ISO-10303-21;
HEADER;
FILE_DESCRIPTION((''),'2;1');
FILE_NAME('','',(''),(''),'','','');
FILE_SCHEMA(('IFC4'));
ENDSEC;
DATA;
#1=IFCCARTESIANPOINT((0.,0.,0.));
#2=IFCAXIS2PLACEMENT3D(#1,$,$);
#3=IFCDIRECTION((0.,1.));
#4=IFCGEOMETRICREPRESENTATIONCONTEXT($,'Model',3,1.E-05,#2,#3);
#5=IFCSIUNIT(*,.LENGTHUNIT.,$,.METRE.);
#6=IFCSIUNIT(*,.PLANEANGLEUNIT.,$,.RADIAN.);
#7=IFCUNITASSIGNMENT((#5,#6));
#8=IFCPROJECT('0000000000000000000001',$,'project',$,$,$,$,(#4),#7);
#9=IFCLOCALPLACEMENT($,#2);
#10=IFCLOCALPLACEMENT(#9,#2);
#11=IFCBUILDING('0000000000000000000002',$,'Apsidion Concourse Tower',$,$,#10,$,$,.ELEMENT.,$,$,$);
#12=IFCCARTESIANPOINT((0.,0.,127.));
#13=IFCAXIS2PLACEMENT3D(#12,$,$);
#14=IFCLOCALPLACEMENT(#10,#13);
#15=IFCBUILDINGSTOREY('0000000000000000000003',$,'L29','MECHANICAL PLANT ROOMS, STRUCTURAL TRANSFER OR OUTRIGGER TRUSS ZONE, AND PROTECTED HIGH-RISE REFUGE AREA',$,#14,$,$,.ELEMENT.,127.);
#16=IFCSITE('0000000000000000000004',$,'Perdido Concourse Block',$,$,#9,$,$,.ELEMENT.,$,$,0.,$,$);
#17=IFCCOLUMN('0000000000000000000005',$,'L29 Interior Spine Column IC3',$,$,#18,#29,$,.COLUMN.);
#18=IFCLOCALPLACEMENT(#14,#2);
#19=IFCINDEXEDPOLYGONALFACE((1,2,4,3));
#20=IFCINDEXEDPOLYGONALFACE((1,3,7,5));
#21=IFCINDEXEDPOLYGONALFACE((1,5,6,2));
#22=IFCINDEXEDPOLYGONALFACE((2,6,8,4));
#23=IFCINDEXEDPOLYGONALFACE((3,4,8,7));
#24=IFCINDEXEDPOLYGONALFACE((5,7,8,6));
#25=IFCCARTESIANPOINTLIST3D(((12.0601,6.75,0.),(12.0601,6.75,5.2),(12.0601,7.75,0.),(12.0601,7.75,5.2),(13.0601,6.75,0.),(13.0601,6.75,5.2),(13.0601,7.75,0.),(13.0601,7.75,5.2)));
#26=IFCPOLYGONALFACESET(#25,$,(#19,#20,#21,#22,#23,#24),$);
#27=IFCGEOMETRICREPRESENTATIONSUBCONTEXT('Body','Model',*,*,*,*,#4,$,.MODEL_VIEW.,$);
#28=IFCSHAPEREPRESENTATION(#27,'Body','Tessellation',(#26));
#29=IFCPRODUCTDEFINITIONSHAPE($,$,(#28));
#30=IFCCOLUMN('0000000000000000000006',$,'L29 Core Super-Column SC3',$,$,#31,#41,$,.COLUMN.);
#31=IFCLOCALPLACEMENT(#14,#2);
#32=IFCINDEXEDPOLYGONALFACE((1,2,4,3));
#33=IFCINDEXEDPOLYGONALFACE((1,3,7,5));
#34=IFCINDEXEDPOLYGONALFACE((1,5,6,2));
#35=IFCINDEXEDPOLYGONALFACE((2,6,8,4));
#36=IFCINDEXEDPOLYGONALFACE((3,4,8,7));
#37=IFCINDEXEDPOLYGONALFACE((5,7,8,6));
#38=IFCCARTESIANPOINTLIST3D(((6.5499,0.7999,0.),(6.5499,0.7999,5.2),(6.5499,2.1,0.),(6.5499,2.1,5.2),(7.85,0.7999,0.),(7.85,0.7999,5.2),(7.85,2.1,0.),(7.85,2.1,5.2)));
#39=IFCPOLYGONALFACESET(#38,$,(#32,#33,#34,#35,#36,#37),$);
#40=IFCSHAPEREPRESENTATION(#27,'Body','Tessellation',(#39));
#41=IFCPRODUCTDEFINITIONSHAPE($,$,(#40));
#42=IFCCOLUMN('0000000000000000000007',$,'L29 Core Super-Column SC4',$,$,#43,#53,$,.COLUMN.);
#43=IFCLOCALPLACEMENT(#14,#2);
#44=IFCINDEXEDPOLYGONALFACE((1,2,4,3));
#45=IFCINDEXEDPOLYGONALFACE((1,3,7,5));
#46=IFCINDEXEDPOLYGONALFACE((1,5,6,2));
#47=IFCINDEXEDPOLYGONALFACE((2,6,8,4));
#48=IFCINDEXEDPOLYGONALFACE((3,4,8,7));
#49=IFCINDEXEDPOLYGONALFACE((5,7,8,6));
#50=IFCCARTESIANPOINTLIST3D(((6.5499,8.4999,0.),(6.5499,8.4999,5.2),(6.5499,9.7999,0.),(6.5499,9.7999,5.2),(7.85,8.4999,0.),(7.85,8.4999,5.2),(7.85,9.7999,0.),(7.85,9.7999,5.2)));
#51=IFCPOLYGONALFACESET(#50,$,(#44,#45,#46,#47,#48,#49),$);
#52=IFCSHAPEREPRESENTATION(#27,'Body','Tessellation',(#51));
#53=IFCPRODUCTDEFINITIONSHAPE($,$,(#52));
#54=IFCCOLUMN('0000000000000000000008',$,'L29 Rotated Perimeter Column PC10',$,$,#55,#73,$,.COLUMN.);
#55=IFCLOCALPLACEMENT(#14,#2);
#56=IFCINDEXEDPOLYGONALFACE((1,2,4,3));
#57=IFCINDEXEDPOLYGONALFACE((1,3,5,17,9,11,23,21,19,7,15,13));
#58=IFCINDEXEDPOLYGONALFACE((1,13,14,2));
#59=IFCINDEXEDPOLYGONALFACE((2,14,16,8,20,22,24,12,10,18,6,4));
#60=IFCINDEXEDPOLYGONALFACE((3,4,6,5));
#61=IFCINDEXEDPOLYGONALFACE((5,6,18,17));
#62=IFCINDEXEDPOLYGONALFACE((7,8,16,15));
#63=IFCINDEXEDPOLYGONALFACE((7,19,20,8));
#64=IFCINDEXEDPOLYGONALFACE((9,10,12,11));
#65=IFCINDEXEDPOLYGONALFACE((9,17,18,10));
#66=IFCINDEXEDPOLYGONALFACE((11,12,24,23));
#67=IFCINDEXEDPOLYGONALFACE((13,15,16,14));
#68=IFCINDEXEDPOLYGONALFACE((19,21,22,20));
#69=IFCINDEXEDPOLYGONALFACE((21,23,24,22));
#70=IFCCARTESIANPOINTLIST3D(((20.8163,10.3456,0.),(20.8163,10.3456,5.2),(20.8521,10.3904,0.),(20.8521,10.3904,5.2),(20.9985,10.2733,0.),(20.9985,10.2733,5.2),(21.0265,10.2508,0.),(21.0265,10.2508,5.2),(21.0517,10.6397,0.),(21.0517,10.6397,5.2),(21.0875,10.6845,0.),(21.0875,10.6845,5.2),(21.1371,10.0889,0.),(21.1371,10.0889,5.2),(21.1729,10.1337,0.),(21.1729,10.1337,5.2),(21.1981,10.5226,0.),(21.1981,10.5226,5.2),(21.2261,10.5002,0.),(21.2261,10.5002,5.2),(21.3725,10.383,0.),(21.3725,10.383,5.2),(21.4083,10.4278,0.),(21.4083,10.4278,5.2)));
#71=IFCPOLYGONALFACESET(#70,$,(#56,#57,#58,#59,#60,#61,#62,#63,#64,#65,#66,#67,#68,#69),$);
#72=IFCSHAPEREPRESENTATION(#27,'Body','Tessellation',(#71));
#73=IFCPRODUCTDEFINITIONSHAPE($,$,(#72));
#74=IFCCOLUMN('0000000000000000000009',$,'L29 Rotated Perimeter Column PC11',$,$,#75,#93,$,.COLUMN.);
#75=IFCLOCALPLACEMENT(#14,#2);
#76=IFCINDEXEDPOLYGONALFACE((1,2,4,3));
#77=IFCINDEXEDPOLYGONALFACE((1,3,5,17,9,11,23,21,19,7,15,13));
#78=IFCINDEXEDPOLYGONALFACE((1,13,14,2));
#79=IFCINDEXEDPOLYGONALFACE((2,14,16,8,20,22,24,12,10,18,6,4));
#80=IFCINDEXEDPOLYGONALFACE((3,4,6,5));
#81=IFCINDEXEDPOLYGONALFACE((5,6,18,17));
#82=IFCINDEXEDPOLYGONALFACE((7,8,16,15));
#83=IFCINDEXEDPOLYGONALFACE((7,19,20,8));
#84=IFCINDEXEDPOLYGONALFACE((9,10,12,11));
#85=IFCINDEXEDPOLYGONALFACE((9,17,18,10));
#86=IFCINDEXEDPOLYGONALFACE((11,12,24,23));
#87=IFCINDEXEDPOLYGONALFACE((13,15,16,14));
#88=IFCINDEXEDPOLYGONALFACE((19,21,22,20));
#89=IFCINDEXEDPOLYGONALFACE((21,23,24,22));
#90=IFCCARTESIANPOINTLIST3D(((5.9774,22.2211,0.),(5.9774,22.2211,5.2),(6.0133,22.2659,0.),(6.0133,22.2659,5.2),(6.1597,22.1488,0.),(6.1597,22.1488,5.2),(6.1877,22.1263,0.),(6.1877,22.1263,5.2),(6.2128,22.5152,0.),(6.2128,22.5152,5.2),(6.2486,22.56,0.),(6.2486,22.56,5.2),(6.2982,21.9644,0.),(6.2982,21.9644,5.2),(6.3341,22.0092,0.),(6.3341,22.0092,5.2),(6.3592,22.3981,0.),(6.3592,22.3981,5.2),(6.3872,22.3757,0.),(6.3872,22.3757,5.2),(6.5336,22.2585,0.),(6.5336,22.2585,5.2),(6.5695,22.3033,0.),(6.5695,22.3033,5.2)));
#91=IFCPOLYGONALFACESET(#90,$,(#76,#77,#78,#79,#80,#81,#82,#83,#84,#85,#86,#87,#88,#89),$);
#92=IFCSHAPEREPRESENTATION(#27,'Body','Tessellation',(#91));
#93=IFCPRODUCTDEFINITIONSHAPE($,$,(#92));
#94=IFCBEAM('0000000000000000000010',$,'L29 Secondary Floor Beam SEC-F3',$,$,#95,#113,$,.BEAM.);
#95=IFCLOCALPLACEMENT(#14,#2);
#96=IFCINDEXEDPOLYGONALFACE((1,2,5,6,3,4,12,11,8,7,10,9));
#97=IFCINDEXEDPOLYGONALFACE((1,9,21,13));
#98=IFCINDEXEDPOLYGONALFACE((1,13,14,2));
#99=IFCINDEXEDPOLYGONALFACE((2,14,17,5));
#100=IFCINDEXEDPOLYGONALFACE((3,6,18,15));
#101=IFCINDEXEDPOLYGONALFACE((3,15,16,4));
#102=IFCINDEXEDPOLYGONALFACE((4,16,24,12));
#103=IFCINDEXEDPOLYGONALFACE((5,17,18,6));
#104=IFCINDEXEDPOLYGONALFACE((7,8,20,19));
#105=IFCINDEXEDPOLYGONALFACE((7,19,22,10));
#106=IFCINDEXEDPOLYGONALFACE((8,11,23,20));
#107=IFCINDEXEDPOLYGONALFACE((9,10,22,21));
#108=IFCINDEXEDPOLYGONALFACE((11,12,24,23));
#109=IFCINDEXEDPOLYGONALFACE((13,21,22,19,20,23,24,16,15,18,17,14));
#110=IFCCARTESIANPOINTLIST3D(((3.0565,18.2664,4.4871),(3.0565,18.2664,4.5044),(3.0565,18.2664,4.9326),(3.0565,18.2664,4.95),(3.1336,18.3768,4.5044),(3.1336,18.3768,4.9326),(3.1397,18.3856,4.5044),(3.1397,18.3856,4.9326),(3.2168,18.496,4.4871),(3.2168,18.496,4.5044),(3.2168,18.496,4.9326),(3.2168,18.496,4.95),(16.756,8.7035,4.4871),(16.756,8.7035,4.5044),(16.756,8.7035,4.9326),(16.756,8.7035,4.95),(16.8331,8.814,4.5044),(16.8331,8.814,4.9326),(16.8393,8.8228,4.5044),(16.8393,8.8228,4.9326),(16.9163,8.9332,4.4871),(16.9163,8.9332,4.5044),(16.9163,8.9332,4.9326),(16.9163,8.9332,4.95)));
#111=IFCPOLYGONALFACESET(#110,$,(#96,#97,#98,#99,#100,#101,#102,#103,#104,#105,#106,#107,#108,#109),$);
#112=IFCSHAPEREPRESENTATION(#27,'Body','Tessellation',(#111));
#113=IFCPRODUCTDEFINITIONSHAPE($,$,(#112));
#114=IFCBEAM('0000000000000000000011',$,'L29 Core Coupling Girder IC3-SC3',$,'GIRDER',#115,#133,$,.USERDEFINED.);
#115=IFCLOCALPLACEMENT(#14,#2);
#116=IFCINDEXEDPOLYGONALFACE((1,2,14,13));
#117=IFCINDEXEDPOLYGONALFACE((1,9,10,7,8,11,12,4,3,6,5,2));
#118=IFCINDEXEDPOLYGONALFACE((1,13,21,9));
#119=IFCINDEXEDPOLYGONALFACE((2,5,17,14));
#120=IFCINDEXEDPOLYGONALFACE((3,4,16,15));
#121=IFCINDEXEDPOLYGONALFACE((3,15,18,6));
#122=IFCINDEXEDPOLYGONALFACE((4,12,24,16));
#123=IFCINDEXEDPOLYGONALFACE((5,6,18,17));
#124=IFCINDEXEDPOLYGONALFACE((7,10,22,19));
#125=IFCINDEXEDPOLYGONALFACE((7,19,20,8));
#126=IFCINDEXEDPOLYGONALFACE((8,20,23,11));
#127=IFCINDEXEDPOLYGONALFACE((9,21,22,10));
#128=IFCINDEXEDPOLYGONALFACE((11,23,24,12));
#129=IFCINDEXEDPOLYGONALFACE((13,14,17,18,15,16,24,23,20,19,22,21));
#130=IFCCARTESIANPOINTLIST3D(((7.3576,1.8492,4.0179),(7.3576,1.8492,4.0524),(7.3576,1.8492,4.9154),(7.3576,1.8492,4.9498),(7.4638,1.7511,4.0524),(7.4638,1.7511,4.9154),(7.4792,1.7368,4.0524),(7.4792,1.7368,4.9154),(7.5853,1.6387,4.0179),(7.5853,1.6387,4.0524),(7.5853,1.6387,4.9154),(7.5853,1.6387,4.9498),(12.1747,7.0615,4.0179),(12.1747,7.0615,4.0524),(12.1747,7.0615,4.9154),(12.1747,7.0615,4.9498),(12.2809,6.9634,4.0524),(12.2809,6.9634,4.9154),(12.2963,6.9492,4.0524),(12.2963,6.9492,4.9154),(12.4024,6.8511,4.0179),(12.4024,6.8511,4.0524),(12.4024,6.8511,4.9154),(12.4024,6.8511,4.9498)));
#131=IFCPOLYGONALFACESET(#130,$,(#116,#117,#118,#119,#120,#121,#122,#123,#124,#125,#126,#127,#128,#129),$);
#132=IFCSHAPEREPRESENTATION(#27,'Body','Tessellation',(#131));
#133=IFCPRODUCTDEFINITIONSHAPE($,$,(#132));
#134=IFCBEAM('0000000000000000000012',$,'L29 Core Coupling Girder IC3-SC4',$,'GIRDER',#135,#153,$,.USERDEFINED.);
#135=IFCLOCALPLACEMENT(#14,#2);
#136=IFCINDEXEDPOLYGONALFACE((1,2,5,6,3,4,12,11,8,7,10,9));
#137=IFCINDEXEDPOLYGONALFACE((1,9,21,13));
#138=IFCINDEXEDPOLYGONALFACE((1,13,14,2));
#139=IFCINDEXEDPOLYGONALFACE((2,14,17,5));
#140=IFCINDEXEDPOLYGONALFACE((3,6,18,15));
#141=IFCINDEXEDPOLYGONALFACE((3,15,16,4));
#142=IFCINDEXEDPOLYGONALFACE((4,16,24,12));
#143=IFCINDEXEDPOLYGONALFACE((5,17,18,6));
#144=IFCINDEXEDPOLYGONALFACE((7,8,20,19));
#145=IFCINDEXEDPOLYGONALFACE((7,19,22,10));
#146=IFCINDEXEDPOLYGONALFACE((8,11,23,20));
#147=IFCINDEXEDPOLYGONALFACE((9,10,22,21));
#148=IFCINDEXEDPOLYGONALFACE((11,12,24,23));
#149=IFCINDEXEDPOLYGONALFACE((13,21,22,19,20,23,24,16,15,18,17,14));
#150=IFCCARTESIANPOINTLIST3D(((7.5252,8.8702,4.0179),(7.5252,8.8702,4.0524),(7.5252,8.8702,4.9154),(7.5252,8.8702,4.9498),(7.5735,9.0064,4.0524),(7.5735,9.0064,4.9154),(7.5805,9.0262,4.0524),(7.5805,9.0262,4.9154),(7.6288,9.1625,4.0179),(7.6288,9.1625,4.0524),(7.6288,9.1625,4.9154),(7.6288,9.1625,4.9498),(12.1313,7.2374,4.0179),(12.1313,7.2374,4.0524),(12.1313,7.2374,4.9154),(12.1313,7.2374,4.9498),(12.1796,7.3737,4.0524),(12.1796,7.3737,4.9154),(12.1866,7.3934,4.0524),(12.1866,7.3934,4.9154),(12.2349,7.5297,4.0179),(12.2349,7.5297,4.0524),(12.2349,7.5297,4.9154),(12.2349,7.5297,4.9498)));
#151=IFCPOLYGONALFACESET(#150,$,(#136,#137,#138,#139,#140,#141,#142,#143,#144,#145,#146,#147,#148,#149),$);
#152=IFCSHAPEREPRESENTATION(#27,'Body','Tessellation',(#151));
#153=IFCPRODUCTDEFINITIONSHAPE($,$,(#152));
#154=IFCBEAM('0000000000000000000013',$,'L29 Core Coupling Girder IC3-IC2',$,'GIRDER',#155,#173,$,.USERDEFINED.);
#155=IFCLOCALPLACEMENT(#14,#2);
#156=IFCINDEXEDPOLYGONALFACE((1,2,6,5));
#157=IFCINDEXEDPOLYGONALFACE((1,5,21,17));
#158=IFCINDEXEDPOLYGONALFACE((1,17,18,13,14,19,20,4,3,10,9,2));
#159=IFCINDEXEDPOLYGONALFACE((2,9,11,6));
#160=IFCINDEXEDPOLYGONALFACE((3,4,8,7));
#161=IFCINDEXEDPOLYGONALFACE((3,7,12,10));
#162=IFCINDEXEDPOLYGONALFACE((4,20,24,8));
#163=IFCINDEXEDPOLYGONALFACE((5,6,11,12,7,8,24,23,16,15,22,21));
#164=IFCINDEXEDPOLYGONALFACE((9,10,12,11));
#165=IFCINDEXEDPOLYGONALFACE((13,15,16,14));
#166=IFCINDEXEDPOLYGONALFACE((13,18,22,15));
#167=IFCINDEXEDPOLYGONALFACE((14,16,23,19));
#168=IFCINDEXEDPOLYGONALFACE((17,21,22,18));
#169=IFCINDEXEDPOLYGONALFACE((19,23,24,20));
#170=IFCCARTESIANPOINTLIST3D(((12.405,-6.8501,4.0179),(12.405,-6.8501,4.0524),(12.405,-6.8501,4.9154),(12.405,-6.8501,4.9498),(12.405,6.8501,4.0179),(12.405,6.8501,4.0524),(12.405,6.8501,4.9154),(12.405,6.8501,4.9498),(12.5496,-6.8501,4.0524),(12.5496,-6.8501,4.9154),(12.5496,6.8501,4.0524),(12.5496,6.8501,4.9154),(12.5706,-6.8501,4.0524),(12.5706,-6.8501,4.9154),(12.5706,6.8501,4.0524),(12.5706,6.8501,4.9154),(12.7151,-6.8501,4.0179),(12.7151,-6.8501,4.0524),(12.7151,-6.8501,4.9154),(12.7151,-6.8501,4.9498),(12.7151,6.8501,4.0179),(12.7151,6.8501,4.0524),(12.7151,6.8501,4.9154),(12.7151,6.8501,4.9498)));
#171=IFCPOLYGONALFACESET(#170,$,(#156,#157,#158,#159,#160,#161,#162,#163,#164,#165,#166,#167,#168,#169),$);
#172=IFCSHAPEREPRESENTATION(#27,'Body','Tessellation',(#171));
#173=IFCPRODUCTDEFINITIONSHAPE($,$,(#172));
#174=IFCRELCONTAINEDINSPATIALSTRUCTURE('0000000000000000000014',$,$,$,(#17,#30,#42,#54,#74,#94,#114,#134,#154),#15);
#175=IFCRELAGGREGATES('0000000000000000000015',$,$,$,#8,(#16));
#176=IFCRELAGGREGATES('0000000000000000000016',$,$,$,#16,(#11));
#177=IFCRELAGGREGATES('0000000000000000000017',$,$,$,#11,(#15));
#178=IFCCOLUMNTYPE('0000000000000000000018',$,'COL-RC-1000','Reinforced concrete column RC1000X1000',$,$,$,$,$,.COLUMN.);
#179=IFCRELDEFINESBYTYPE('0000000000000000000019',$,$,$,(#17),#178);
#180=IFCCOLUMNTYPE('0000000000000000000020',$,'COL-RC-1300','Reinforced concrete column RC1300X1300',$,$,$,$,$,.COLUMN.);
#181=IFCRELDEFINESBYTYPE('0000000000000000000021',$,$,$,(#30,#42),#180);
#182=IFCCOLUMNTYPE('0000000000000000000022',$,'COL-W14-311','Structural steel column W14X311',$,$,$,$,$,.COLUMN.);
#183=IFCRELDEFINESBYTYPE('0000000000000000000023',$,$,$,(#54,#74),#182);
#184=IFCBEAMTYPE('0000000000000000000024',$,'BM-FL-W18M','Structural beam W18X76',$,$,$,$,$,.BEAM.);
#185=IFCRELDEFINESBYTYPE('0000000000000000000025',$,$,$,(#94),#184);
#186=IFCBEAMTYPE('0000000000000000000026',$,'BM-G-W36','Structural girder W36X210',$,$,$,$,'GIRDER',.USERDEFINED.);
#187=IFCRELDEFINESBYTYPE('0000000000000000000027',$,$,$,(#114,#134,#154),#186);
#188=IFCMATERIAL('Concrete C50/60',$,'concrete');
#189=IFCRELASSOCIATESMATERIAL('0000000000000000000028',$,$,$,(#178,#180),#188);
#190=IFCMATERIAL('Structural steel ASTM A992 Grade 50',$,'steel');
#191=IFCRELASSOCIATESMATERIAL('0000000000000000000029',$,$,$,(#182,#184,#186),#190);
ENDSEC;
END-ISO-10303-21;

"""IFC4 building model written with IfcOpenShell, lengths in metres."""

from ifc_helpers import new_model, si_unit, direction, frame, origin, origin_2d, place, context, subcontext, project, spatial, rectangle, i_section, extrude, material, material_profile, profile_set, type_object, element, save


model = new_model("IFC4")

# Units and contexts
model_context = context("Model", 3, precision=1e-05, world=origin(), true_north=direction((0.0, 1.0)))
body_context = subcontext(model_context, "Body", "Model", "MODEL_VIEW")
ifc_project = project(units=[si_unit("LENGTHUNIT", "METRE"), si_unit("PLANEANGLEUNIT", "RADIAN")], contexts=[model_context])

# Site, building, storey
site_placement = place(None, origin())
site = spatial("IfcSite", under=ifc_project, at=site_placement, Name="Perdido Concourse Block", CompositionType="ELEMENT", RefElevation=0.0)
building_placement = place(site_placement, origin())
building = spatial("IfcBuilding", under=site, at=building_placement, Name="Apsidion Concourse Tower", CompositionType="ELEMENT")
storey_placement = place(building_placement, frame((0.0, 0.0, 127.0)))
storey = spatial("IfcBuildingStorey", under=building, at=storey_placement, Name="L29", Description="MECHANICAL PLANT ROOMS, STRUCTURAL TRANSFER OR OUTRIGGER TRUSS ZONE, AND PROTECTED HIGH-RISE REFUGE AREA", CompositionType="ELEMENT", Elevation=127.0)

# Columns
ifc_material_1 = material(Name="Concrete C50/60", Category="concrete")
ifc_material_profile_1 = material_profile(ifc_material_1, rectangle(XDim=1.0, YDim=1.0, at=origin_2d()), Name="RC 1000x1000")
ifc_profile_set_1 = profile_set([ifc_material_profile_1], Name="Concrete C50/60")
column_type_1 = type_object("IfcColumnType", Name="COL-RC-1000", Description="Reinforced concrete column RC1000X1000", PredefinedType="COLUMN", material=ifc_profile_set_1)
column_placement = place(storey_placement, frame((12.5601, 7.25, 0.0), z_axis=(0.0, 0.0, 1.0), x_axis=(1.0, 0.0, 0.0)))
element("IfcColumn", 1, at=column_placement, inside=storey, type_object=column_type_1, Name="L29 Interior Spine Column IC3", PredefinedType="COLUMN", context=body_context, shape_type="SweptSolid", body=[
    extrude(rectangle(XDim=1.0, YDim=1.0, at=origin_2d()), origin(), (0.0, 0.0, 1.0), 5.2),
])
ifc_material_profile_2 = material_profile(ifc_material_1, rectangle(XDim=1.3, YDim=1.3, at=origin_2d()), Name="RC 1300x1300")
ifc_profile_set_2 = profile_set([ifc_material_profile_2], Name="Concrete C50/60")
column_type_2 = type_object("IfcColumnType", Name="COL-RC-1300", Description="Reinforced concrete column RC1300X1300", PredefinedType="COLUMN", material=ifc_profile_set_2)
for number, where, z_axis, x_axis, name in (
    (2, (7.2, 1.45, 0.0), (0.0, 0.0, 1.0), (1.0, 0.0, 0.0), "L29 Core Super-Column SC3"),
    (3, (7.2, 9.1499, 0.0), (0.0, 0.0, 1.0), (1.0, 0.0, 0.0), "L29 Core Super-Column SC4"),
):
    element("IfcColumn", number, at=place(storey_placement, frame(where, z_axis=z_axis, x_axis=x_axis)), inside=storey, type_object=column_type_2, Name=name, PredefinedType="COLUMN", context=body_context, shape_type="SweptSolid", body=[
        extrude(rectangle(XDim=1.3, YDim=1.3, at=origin_2d()), origin(), (0.0, 0.0, 1.0), 5.2),
    ])
ifc_material_2 = material(Name="Structural steel ASTM A992 Grade 50", Category="steel")
ifc_material_profile_3 = material_profile(ifc_material_2, i_section(OverallWidth=0.4109, OverallDepth=0.4341, WebThickness=0.0359, FlangeThickness=0.0574, at=origin_2d()), Name="W14X311")
ifc_profile_set_3 = profile_set([ifc_material_profile_3], Name="Structural steel ASTM A992 Grade 50")
column_type_3 = type_object("IfcColumnType", Name="COL-W14-311", Description="Structural steel column W14X311", PredefinedType="COLUMN", material=ifc_profile_set_3)
for number, where, z_axis, x_axis, name in (
    (4, (21.1123, 10.3867, 0.0), (0.0, 0.0, 1.0), (-0.780758, 0.624834, 0.0), "L29 Rotated Perimeter Column PC10"),
    (5, (6.2734, 22.2622, 0.0), (0.0, 0.0, 1.0), (-0.780758, 0.624834, 0.0), "L29 Rotated Perimeter Column PC11"),
):
    element("IfcColumn", number, at=place(storey_placement, frame(where, z_axis=z_axis, x_axis=x_axis)), inside=storey, type_object=column_type_3, Name=name, PredefinedType="COLUMN", context=body_context, shape_type="SweptSolid", body=[
        extrude(i_section(OverallWidth=0.4109, OverallDepth=0.4341, WebThickness=0.0359, FlangeThickness=0.0574, at=origin_2d()), origin(), (0.0, 0.0, 1.0), 5.2),
    ])

# Beams
ifc_material_profile_4 = material_profile(ifc_material_2, i_section(OverallWidth=0.28, OverallDepth=0.4629, WebThickness=0.0107, FlangeThickness=0.0173, at=origin_2d()), Name="W18X76")
ifc_profile_set_4 = profile_set([ifc_material_profile_4], Name="Structural steel ASTM A992 Grade 50")
beam_type_1 = type_object("IfcBeamType", Name="BM-FL-W18M", Description="Structural beam W18X76", PredefinedType="BEAM", material=ifc_profile_set_4)
beam_1_placement = place(storey_placement, frame((16.8362, 8.8184, 4.7185), z_axis=(-0.819987, 0.572382, 0.0), x_axis=(-0.572382, -0.819987, 0.0)))
element("IfcBeam", 6, at=beam_1_placement, inside=storey, type_object=beam_type_1, Name="L29 Secondary Floor Beam SEC-F3", PredefinedType="BEAM", context=body_context, shape_type="SweptSolid", body=[
    extrude(i_section(OverallWidth=0.28, OverallDepth=0.4629, WebThickness=0.0107, FlangeThickness=0.0173, at=origin_2d()), origin(), (0.0, 0.0, 1.0), 16.707),
])
ifc_material_profile_5 = material_profile(ifc_material_2, i_section(OverallWidth=0.3101, OverallDepth=0.9319, WebThickness=0.021, FlangeThickness=0.0344, at=origin_2d()), Name="W36X210")
ifc_profile_set_5 = profile_set([ifc_material_profile_5], Name="Structural steel ASTM A992 Grade 50")
beam_type_2 = type_object("IfcBeamType", Name="BM-G-W36", Description="Structural girder W36X210", ElementType="GIRDER", PredefinedType="USERDEFINED", material=ifc_profile_set_5)
beam_2_placement = place(storey_placement, frame((12.2886, 6.9563, 4.4839), z_axis=(-0.678713, -0.734404, 0.0), x_axis=(0.734404, -0.678713, 0.0)))
element("IfcBeam", 7, at=beam_2_placement, inside=storey, type_object=beam_type_2, Name="L29 Core Coupling Girder IC3-SC3", ObjectType="GIRDER", PredefinedType="USERDEFINED", context=body_context, shape_type="SweptSolid", body=[
    extrude(i_section(OverallWidth=0.3101, OverallDepth=0.9319, WebThickness=0.021, FlangeThickness=0.0344, at=origin_2d()), origin(), (0.0, 0.0, 1.0), 7.0974),
])
beam_3_placement = place(storey_placement, frame((12.1831, 7.3835, 4.4839), z_axis=(-0.942534, 0.334111, 0.0), x_axis=(-0.334111, -0.942534, 0.0)))
element("IfcBeam", 8, at=beam_3_placement, inside=storey, type_object=beam_type_2, Name="L29 Core Coupling Girder IC3-SC4", ObjectType="GIRDER", PredefinedType="USERDEFINED", context=body_context, shape_type="SweptSolid", body=[
    extrude(i_section(OverallWidth=0.3101, OverallDepth=0.9319, WebThickness=0.021, FlangeThickness=0.0344, at=origin_2d()), origin(), (0.0, 0.0, 1.0), 4.887),
])
beam_4_placement = place(storey_placement, frame((12.5601, 6.8501, 4.4839), z_axis=(0.0, -1.0, 0.0), x_axis=(1.0, 0.0, 0.0)))
element("IfcBeam", 9, at=beam_4_placement, inside=storey, type_object=beam_type_2, Name="L29 Core Coupling Girder IC3-IC2", ObjectType="GIRDER", PredefinedType="USERDEFINED", context=body_context, shape_type="SweptSolid", body=[
    extrude(i_section(OverallWidth=0.3101, OverallDepth=0.9319, WebThickness=0.021, FlangeThickness=0.0344, at=origin_2d()), origin(), (0.0, 0.0, 1.0), 13.7002),
])

save(model, "model.ifc")
